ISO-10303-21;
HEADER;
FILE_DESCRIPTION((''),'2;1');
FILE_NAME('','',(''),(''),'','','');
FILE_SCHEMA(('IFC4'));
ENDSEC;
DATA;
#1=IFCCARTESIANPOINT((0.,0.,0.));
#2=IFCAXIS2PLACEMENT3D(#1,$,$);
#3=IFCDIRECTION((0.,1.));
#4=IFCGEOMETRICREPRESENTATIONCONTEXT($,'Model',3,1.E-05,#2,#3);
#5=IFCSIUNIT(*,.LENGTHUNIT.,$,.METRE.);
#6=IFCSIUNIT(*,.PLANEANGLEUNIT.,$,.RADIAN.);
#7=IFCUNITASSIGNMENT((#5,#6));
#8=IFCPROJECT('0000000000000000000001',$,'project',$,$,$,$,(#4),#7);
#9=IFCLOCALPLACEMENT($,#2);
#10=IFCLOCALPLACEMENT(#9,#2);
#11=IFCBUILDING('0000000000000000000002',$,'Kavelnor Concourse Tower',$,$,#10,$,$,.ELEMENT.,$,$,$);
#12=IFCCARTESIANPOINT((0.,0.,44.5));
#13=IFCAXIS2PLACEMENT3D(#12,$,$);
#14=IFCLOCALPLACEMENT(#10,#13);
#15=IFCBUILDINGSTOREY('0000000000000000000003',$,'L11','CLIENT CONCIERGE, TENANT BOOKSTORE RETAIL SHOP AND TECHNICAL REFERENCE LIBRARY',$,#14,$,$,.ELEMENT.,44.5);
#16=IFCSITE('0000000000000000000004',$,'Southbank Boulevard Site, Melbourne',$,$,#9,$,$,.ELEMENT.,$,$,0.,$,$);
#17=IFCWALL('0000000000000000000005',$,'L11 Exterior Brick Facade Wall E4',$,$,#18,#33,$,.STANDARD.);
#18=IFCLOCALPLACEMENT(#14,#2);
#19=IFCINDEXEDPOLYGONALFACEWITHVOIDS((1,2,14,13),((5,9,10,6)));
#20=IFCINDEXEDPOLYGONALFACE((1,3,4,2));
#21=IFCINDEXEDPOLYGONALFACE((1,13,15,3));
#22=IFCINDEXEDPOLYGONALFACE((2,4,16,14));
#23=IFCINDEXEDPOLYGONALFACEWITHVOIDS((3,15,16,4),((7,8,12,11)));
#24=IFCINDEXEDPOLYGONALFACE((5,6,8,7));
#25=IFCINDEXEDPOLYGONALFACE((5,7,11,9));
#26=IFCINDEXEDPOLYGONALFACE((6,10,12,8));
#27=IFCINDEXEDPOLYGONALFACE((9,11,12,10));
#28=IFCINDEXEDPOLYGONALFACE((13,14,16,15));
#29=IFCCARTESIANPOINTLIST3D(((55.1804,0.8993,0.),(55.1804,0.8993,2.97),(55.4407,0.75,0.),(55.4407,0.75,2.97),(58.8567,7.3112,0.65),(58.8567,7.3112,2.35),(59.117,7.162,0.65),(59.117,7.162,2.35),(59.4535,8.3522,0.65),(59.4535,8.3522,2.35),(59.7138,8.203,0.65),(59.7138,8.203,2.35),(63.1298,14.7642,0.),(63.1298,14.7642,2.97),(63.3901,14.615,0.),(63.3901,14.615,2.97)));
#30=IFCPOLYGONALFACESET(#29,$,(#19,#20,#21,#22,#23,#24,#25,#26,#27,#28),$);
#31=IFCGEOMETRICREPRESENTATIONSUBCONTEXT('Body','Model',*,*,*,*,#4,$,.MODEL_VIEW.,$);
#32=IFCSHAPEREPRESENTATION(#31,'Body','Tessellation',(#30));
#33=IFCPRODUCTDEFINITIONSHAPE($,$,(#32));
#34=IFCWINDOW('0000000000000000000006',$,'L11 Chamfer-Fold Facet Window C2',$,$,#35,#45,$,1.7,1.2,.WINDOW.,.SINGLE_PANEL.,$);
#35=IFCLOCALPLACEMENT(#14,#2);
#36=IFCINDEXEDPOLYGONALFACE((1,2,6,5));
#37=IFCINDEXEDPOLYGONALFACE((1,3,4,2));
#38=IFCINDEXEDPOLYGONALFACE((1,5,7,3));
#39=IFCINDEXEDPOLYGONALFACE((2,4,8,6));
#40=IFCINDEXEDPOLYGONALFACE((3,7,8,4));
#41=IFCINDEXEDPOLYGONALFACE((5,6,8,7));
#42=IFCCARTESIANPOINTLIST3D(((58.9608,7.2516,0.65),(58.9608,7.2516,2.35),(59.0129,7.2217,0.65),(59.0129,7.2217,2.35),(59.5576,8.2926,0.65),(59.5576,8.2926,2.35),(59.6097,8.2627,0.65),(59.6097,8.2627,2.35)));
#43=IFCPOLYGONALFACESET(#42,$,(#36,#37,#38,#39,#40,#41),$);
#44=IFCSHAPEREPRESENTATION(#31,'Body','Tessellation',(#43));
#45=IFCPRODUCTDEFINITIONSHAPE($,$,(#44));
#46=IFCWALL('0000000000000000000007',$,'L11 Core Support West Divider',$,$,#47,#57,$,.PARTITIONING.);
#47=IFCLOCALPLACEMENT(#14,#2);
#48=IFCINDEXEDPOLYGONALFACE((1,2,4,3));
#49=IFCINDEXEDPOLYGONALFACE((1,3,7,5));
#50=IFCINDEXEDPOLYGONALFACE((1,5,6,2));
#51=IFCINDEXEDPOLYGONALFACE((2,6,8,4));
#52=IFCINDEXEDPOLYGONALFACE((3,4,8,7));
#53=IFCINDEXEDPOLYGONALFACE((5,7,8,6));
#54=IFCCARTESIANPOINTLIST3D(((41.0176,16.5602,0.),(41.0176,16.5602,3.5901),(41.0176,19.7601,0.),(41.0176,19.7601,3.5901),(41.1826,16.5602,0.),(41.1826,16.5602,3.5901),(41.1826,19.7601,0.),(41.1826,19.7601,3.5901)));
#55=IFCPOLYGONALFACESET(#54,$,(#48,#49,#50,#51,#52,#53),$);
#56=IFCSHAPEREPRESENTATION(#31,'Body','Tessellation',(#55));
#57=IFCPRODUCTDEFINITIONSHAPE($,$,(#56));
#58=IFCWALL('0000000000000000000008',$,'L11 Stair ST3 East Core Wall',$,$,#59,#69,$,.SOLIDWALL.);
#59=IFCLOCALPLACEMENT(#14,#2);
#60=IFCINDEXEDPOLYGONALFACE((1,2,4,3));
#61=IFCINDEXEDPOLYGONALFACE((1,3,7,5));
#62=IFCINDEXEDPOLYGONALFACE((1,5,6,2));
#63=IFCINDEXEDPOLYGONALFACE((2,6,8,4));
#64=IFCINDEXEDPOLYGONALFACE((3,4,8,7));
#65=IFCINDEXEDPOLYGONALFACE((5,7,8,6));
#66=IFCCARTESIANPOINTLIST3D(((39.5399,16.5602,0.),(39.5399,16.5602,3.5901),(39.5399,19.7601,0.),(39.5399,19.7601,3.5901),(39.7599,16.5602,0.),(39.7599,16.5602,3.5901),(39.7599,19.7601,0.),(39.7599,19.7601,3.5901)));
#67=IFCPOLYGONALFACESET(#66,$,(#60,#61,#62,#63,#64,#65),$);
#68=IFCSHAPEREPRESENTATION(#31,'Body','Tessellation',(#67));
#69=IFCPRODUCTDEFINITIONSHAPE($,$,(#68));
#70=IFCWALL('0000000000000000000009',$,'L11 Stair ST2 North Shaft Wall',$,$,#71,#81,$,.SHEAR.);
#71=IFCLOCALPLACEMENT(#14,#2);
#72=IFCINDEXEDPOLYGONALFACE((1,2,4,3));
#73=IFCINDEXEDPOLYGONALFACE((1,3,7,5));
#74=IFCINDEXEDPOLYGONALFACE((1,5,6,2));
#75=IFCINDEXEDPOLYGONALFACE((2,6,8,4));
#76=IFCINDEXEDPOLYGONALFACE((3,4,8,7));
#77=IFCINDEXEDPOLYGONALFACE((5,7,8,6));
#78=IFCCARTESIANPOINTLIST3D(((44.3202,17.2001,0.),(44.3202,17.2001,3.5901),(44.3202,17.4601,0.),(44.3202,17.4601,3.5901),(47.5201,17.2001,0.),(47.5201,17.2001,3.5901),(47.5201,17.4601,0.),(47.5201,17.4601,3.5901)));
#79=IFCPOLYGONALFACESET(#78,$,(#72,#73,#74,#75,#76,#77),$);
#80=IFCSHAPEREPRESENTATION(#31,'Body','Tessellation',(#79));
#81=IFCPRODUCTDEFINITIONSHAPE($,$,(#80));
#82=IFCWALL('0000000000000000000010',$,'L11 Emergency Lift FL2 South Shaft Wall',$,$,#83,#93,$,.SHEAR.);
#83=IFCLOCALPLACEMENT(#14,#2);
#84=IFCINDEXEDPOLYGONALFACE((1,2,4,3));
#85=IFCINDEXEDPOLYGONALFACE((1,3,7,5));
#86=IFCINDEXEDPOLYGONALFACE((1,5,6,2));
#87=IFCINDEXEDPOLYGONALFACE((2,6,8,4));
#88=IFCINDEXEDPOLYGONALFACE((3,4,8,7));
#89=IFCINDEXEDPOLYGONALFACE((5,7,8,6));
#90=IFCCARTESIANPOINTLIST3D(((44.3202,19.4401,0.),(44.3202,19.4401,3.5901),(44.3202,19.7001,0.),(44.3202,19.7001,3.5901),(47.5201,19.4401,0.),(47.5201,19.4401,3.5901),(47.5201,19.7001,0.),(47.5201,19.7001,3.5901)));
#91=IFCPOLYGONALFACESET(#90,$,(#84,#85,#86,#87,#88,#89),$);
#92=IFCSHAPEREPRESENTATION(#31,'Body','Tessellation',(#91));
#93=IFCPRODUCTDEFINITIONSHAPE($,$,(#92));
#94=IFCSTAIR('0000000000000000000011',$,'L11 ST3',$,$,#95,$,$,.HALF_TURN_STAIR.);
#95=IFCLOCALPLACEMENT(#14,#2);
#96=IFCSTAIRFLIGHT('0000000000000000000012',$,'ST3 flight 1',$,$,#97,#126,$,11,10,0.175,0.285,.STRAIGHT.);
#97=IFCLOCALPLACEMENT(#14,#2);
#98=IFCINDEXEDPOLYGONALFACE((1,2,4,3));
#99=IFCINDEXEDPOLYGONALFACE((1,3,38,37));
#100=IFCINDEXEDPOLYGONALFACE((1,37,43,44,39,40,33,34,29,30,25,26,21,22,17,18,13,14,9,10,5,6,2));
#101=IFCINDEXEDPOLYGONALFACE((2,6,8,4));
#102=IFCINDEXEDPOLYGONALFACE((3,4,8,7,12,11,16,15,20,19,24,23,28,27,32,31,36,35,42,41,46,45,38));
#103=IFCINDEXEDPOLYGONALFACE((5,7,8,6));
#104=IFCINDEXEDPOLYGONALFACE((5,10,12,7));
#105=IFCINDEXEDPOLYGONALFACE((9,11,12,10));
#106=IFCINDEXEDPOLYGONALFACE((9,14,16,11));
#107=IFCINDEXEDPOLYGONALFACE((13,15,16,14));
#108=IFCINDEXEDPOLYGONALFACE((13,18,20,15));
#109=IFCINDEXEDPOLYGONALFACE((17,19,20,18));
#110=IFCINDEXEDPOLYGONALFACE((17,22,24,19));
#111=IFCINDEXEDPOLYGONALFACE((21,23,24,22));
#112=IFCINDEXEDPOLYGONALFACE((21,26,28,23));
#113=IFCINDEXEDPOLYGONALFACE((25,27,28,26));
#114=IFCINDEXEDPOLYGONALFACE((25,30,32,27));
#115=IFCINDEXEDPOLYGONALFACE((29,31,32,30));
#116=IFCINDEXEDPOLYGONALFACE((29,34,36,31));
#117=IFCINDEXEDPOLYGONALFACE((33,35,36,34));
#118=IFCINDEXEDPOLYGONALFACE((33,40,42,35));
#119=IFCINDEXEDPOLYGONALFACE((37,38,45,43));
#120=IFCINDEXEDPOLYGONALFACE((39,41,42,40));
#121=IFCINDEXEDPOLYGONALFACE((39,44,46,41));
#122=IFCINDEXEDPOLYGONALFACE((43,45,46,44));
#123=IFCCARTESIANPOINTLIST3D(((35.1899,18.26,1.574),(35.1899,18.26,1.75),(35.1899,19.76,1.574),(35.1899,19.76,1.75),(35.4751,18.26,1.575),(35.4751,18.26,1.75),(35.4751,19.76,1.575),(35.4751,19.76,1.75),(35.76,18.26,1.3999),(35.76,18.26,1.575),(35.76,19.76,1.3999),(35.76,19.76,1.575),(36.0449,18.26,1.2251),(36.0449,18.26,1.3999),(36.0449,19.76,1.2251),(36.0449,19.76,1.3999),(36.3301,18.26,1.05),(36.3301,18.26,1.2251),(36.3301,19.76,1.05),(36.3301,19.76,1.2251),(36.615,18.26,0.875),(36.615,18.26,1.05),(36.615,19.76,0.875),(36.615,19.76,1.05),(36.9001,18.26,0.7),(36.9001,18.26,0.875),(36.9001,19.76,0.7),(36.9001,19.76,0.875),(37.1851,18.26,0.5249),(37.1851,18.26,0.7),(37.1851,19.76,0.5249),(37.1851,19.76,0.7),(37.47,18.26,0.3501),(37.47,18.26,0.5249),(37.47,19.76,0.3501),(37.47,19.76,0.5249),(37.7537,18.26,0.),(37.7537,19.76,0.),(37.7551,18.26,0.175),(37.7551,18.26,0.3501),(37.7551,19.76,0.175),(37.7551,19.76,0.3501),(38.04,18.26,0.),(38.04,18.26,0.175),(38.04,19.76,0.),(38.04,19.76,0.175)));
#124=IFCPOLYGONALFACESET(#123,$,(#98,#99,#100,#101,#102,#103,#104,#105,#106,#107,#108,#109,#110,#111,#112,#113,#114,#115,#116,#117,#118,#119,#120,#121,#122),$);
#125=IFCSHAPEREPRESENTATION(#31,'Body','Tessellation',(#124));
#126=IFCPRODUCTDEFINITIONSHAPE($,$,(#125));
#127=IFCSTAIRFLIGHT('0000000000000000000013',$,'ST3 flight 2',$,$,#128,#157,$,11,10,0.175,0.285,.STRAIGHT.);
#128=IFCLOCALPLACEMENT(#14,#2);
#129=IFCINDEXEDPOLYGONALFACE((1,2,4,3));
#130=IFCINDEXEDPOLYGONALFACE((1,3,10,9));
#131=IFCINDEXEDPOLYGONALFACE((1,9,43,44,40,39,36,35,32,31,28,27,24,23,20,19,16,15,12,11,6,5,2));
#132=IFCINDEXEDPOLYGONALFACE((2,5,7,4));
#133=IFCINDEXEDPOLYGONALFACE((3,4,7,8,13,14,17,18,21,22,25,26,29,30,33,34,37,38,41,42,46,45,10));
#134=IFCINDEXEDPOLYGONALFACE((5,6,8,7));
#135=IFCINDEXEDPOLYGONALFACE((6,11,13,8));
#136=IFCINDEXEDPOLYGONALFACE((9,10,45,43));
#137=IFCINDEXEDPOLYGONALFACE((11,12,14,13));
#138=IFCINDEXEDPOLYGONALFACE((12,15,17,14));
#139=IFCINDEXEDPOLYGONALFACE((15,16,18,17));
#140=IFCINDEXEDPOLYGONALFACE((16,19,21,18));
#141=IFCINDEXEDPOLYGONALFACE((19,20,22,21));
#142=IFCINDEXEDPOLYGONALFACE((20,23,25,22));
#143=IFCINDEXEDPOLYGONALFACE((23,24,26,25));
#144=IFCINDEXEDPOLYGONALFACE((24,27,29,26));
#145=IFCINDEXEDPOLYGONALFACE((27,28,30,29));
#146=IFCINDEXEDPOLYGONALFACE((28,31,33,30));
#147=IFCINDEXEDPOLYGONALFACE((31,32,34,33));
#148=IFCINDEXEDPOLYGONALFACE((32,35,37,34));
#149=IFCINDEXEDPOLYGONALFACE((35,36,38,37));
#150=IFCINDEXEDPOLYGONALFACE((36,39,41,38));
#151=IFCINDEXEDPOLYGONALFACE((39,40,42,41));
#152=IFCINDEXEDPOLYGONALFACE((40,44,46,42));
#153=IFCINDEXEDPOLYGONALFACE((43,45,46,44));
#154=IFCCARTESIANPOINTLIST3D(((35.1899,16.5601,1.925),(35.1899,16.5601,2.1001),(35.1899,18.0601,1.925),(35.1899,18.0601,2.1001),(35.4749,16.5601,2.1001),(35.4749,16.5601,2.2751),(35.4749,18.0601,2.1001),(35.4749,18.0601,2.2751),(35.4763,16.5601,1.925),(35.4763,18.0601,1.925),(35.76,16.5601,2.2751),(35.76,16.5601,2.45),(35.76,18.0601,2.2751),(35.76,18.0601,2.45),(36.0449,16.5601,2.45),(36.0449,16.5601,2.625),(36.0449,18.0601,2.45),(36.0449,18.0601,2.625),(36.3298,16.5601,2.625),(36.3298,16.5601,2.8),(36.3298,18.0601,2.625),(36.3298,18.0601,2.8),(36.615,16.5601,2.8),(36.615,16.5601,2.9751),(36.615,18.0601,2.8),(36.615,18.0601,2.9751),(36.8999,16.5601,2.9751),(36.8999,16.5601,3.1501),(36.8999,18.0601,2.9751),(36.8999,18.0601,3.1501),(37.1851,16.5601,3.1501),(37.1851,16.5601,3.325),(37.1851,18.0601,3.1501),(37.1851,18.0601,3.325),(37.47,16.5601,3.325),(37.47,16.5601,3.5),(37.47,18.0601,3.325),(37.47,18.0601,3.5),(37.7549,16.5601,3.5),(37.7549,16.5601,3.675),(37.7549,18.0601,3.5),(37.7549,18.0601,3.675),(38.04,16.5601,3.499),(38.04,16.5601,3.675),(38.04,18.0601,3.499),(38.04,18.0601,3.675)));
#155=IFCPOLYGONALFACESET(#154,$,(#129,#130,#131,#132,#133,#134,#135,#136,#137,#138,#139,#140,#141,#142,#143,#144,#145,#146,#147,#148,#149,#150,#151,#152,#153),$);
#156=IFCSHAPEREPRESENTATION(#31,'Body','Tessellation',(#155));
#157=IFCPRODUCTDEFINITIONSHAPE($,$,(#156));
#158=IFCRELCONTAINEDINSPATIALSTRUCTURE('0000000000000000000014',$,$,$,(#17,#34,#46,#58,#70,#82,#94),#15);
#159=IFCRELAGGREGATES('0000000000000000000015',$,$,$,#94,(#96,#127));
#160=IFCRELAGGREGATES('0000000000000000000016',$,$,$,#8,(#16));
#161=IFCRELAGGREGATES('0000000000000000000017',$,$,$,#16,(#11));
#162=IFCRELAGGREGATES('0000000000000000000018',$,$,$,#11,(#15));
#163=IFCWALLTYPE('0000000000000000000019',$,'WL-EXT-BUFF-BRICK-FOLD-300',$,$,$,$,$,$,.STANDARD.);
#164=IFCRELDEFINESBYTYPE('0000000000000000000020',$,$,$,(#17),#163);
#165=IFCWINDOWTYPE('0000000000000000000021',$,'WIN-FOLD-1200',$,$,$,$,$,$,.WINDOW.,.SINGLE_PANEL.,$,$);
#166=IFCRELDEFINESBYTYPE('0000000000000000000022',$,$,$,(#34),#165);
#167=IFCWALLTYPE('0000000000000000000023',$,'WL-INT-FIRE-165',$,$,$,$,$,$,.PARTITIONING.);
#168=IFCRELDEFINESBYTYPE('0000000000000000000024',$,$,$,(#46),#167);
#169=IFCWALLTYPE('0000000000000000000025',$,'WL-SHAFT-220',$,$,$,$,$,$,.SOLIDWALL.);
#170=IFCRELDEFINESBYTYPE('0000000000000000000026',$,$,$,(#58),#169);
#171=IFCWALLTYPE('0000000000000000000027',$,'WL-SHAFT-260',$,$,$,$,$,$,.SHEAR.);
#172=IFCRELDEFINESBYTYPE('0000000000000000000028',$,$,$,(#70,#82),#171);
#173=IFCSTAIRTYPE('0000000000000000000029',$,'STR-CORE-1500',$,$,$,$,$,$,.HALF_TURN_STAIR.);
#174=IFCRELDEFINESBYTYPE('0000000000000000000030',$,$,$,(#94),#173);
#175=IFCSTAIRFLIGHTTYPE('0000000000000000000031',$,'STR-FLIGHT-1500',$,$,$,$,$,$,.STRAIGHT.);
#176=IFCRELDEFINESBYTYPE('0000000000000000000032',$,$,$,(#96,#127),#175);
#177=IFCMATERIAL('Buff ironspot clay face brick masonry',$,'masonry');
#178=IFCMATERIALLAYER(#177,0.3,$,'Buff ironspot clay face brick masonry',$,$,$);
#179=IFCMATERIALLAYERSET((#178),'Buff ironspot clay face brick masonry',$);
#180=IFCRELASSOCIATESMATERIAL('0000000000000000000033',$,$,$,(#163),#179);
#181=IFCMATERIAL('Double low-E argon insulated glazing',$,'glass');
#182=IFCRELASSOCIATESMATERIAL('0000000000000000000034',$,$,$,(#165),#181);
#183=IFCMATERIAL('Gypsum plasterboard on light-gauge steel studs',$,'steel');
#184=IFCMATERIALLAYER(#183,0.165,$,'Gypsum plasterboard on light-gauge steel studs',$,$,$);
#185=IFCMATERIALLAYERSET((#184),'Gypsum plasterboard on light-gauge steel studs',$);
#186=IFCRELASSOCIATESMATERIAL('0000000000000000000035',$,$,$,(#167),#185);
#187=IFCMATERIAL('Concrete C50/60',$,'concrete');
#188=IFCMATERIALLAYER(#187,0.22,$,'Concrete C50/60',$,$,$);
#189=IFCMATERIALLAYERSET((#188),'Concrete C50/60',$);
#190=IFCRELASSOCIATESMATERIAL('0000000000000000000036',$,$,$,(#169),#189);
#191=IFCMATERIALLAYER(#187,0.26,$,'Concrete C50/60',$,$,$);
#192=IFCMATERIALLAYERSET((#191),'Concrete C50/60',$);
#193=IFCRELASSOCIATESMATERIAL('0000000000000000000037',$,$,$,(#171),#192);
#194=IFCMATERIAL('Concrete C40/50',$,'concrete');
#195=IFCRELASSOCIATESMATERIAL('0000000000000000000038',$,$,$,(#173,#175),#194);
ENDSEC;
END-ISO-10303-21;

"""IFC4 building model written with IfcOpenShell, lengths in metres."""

from ifc_helpers import new_model, si_unit, direction, frame, frame_2d, origin, place, context, subcontext, project, spatial, polyline, rectangle, outline, extrude, material, layer, layer_set, type_object, element, fill, aggregate, save


model = new_model("IFC4")

# Units and contexts
model_context = context("Model", 3, precision=1e-05, world=origin(), true_north=direction((0.0, 1.0)))
body_context = subcontext(model_context, "Body", "Model", "MODEL_VIEW")
ifc_project = project(units=[si_unit("LENGTHUNIT", "METRE"), si_unit("PLANEANGLEUNIT", "RADIAN")], contexts=[model_context])

# Site, building, storey
site_placement = place(None, origin())
site = spatial("IfcSite", under=ifc_project, at=site_placement, Name="Southbank Boulevard Site, Melbourne", CompositionType="ELEMENT", RefElevation=0.0)
building_placement = place(site_placement, origin())
building = spatial("IfcBuilding", under=site, at=building_placement, Name="Kavelnor Concourse Tower", CompositionType="ELEMENT")
storey_placement = place(building_placement, frame((0.0, 0.0, 44.5)))
storey = spatial("IfcBuildingStorey", under=building, at=storey_placement, Name="L11", Description="CLIENT CONCIERGE, TENANT BOOKSTORE RETAIL SHOP AND TECHNICAL REFERENCE LIBRARY", CompositionType="ELEMENT", Elevation=44.5)

# Wall, opening, window
ifc_material_1 = material(Name="Buff ironspot clay face brick masonry", Category="masonry")
ifc_layer_1 = layer(ifc_material_1, 0.3, Name="Buff ironspot clay face brick masonry")
ifc_layer_set_1 = layer_set([ifc_layer_1], Name="Buff ironspot clay face brick masonry")
wall_type_1 = type_object("IfcWallType", Name="WL-EXT-BUFF-BRICK-FOLD-300", PredefinedType="STANDARD", material=ifc_layer_set_1)
wall_1_placement = place(storey_placement, frame((63.26, 14.6897, 0.0), z_axis=(0.0, 0.0, 1.0), x_axis=(-0.497394, -0.867525, 0.0)))
wall_1 = element("IfcWall", 1, at=wall_1_placement, inside=storey, type_object=wall_type_1, Name="L11 Exterior Brick Facade Wall E4", PredefinedType="STANDARD", context=body_context, shape_type="SweptSolid", body=[
    extrude(rectangle(XDim=15.9822, YDim=0.3, at=frame_2d((7.9912, 0.0))), origin(), (0.0, 0.0, 1.0), 2.97),
])
opening_placement = place(wall_1_placement, frame((7.3911, 0.0, 0.6499)))
opening = element("IfcOpeningElement", 2, at=opening_placement, cuts=wall_1, PredefinedType="OPENING", context=body_context, shape_type="SweptSolid", body=[
    extrude(rectangle(XDim=1.2, YDim=1.7, at=frame_2d((0.6001, 0.8501))), frame((0.0, 0.1602, 0.0), z_axis=(0.0, -1.0, 0.0), x_axis=(1.0, 0.0, 0.0)), (0.0, 0.0, 1.0), 0.3201),
])
ifc_material_2 = material(Name="Double low-E argon insulated glazing", Category="glass")
window_type = type_object("IfcWindowType", Name="WIN-FOLD-1200", PartitioningType="SINGLE_PANEL", PredefinedType="WINDOW", material=ifc_material_2)
window_placement = place(opening_placement, origin())
window = element("IfcWindow", 3, at=window_placement, inside=storey, type_object=window_type, Name="L11 Chamfer-Fold Facet Window C2", OverallHeight=1.7, OverallWidth=1.2, PartitioningType="SINGLE_PANEL", PredefinedType="WINDOW", context=body_context, shape_type="SweptSolid", body=[
    extrude(rectangle(XDim=1.2, YDim=1.7, at=frame_2d((0.6001, 0.8501))), frame((0.0, 0.03, 0.0), z_axis=(0.0, -1.0, 0.0), x_axis=(1.0, 0.0, 0.0)), (0.0, 0.0, 1.0), 0.0601),
])
fill(opening, window)

# Walls
ifc_material_3 = material(Name="Gypsum plasterboard on light-gauge steel studs", Category="steel")
ifc_layer_2 = layer(ifc_material_3, 0.165, Name="Gypsum plasterboard on light-gauge steel studs")
ifc_layer_set_2 = layer_set([ifc_layer_2], Name="Gypsum plasterboard on light-gauge steel studs")
wall_type_2 = type_object("IfcWallType", Name="WL-INT-FIRE-165", PredefinedType="PARTITIONING", material=ifc_layer_set_2)
wall_2_placement = place(storey_placement, frame((41.1001, 16.5601, 0.0), z_axis=(0.0, 0.0, 1.0), x_axis=(0.0, 1.0, 0.0)))
element("IfcWall", 4, at=wall_2_placement, inside=storey, type_object=wall_type_2, Name="L11 Core Support West Divider", PredefinedType="PARTITIONING", context=body_context, shape_type="SweptSolid", body=[
    extrude(rectangle(XDim=3.2, YDim=0.165, at=frame_2d((1.6001, 0.0))), origin(), (0.0, 0.0, 1.0), 3.5901),
])
ifc_material_4 = material(Name="Concrete C50/60", Category="concrete")
ifc_layer_3 = layer(ifc_material_4, 0.22, Name="Concrete C50/60")
ifc_layer_set_3 = layer_set([ifc_layer_3], Name="Concrete C50/60")
wall_type_3 = type_object("IfcWallType", Name="WL-SHAFT-220", PredefinedType="SOLIDWALL", material=ifc_layer_set_3)
wall_3_placement = place(storey_placement, frame((39.6499, 16.5601, 0.0), z_axis=(0.0, 0.0, 1.0), x_axis=(0.0, 1.0, 0.0)))
element("IfcWall", 5, at=wall_3_placement, inside=storey, type_object=wall_type_3, Name="L11 Stair ST3 East Core Wall", PredefinedType="SOLIDWALL", context=body_context, shape_type="SweptSolid", body=[
    extrude(rectangle(XDim=3.2, YDim=0.22, at=frame_2d((1.6001, 0.0))), origin(), (0.0, 0.0, 1.0), 3.5901),
])
ifc_layer_4 = layer(ifc_material_4, 0.26, Name="Concrete C50/60")
ifc_layer_set_4 = layer_set([ifc_layer_4], Name="Concrete C50/60")
wall_type_4 = type_object("IfcWallType", Name="WL-SHAFT-260", PredefinedType="SHEAR", material=ifc_layer_set_4)
for number, where, z_axis, x_axis, name in (
    (6, (44.3201, 17.3301, 0.0), (0.0, 0.0, 1.0), (1.0, 0.0, 0.0), "L11 Stair ST2 North Shaft Wall"),
    (7, (44.3201, 19.5701, 0.0), (0.0, 0.0, 1.0), (1.0, 0.0, 0.0), "L11 Emergency Lift FL2 South Shaft Wall"),
):
    element("IfcWall", number, at=place(storey_placement, frame(where, z_axis=z_axis, x_axis=x_axis)), inside=storey, type_object=wall_type_4, Name=name, PredefinedType="SHEAR", context=body_context, shape_type="SweptSolid", body=[
        extrude(rectangle(XDim=3.2, YDim=0.26, at=frame_2d((1.6001, 0.0))), origin(), (0.0, 0.0, 1.0), 3.5901),
    ])

# Stair, stair flights
ifc_material_5 = material(Name="Concrete C40/50", Category="concrete")
stair_type = type_object("IfcStairType", Name="STR-CORE-1500", PredefinedType="HALF_TURN_STAIR", material=ifc_material_5)
stair_placement = place(storey_placement, origin())
stair = element("IfcStair", 8, at=stair_placement, inside=storey, type_object=stair_type, Name="L11 ST3", PredefinedType="HALF_TURN_STAIR")
stair_flight_type = type_object("IfcStairFlightType", Name="STR-FLIGHT-1500", PredefinedType="STRAIGHT", material=ifc_material_5)
stair_flight_1_placement = place(storey_placement, frame((38.04, 19.01, 0.0), z_axis=(0.0, 0.0, 1.0), x_axis=(-1.0, 0.0, 0.0)))
stair_flight_1 = element("IfcStairFlight", 9, at=stair_flight_1_placement, type_object=stair_flight_type, Name="ST3 flight 1", NumberOfRisers=11, NumberOfTreads=10, PredefinedType="STRAIGHT", RiserHeight=0.175, TreadLength=0.285, context=body_context, shape_type="SweptSolid", body=[
    extrude(outline(polyline([(0.0, 0.0), (0.0, 0.175), (0.2849, 0.175), (0.2849, 0.3501), (0.5701, 0.3501), (0.5701, 0.5249), (0.855, 0.5249), (0.855, 0.7), (1.1399, 0.7), (1.1399, 0.875), (1.425, 0.875), (1.425, 1.05), (1.71, 1.05), (1.71, 1.2251), (1.9951, 1.2251), (1.9951, 1.3999), (2.28, 1.3999), (2.28, 1.575), (2.5649, 1.575), (2.5649, 1.75), (2.8501, 1.75), (2.8501, 1.925), (2.8501, 1.574), (0.2864, 0.0), (0.0, 0.0)])), frame((0.0, 0.75, 0.0), z_axis=(0.0, -1.0, 0.0), x_axis=(1.0, 0.0, 0.0)), (0.0, 0.0, 1.0), 1.5),
])
stair_flight_2_placement = place(storey_placement, frame((35.1899, 17.3101, 1.925), z_axis=(0.0, 0.0, 1.0), x_axis=(1.0, 0.0, 0.0)))
stair_flight_2 = element("IfcStairFlight", 10, at=stair_flight_2_placement, type_object=stair_flight_type, Name="ST3 flight 2", NumberOfRisers=11, NumberOfTreads=10, PredefinedType="STRAIGHT", RiserHeight=0.175, TreadLength=0.285, context=body_context, shape_type="SweptSolid", body=[
    extrude(outline(polyline([(0.0, 0.0), (0.0, 0.175), (0.2849, 0.175), (0.2849, 0.3501), (0.5701, 0.3501), (0.5701, 0.5249), (0.855, 0.5249), (0.855, 0.7), (1.1399, 0.7), (1.1399, 0.875), (1.425, 0.875), (1.425, 1.05), (1.71, 1.05), (1.71, 1.2251), (1.9951, 1.2251), (1.9951, 1.3999), (2.28, 1.3999), (2.28, 1.575), (2.5649, 1.575), (2.5649, 1.75), (2.8501, 1.75), (2.8501, 1.925), (2.8501, 1.574), (0.2864, 0.0), (0.0, 0.0)])), frame((0.0, 0.75, 0.0), z_axis=(0.0, -1.0, 0.0), x_axis=(1.0, 0.0, 0.0)), (0.0, 0.0, 1.0), 1.5),
])
aggregate(stair, [stair_flight_1, stair_flight_2])

save(model, "model.ifc")
